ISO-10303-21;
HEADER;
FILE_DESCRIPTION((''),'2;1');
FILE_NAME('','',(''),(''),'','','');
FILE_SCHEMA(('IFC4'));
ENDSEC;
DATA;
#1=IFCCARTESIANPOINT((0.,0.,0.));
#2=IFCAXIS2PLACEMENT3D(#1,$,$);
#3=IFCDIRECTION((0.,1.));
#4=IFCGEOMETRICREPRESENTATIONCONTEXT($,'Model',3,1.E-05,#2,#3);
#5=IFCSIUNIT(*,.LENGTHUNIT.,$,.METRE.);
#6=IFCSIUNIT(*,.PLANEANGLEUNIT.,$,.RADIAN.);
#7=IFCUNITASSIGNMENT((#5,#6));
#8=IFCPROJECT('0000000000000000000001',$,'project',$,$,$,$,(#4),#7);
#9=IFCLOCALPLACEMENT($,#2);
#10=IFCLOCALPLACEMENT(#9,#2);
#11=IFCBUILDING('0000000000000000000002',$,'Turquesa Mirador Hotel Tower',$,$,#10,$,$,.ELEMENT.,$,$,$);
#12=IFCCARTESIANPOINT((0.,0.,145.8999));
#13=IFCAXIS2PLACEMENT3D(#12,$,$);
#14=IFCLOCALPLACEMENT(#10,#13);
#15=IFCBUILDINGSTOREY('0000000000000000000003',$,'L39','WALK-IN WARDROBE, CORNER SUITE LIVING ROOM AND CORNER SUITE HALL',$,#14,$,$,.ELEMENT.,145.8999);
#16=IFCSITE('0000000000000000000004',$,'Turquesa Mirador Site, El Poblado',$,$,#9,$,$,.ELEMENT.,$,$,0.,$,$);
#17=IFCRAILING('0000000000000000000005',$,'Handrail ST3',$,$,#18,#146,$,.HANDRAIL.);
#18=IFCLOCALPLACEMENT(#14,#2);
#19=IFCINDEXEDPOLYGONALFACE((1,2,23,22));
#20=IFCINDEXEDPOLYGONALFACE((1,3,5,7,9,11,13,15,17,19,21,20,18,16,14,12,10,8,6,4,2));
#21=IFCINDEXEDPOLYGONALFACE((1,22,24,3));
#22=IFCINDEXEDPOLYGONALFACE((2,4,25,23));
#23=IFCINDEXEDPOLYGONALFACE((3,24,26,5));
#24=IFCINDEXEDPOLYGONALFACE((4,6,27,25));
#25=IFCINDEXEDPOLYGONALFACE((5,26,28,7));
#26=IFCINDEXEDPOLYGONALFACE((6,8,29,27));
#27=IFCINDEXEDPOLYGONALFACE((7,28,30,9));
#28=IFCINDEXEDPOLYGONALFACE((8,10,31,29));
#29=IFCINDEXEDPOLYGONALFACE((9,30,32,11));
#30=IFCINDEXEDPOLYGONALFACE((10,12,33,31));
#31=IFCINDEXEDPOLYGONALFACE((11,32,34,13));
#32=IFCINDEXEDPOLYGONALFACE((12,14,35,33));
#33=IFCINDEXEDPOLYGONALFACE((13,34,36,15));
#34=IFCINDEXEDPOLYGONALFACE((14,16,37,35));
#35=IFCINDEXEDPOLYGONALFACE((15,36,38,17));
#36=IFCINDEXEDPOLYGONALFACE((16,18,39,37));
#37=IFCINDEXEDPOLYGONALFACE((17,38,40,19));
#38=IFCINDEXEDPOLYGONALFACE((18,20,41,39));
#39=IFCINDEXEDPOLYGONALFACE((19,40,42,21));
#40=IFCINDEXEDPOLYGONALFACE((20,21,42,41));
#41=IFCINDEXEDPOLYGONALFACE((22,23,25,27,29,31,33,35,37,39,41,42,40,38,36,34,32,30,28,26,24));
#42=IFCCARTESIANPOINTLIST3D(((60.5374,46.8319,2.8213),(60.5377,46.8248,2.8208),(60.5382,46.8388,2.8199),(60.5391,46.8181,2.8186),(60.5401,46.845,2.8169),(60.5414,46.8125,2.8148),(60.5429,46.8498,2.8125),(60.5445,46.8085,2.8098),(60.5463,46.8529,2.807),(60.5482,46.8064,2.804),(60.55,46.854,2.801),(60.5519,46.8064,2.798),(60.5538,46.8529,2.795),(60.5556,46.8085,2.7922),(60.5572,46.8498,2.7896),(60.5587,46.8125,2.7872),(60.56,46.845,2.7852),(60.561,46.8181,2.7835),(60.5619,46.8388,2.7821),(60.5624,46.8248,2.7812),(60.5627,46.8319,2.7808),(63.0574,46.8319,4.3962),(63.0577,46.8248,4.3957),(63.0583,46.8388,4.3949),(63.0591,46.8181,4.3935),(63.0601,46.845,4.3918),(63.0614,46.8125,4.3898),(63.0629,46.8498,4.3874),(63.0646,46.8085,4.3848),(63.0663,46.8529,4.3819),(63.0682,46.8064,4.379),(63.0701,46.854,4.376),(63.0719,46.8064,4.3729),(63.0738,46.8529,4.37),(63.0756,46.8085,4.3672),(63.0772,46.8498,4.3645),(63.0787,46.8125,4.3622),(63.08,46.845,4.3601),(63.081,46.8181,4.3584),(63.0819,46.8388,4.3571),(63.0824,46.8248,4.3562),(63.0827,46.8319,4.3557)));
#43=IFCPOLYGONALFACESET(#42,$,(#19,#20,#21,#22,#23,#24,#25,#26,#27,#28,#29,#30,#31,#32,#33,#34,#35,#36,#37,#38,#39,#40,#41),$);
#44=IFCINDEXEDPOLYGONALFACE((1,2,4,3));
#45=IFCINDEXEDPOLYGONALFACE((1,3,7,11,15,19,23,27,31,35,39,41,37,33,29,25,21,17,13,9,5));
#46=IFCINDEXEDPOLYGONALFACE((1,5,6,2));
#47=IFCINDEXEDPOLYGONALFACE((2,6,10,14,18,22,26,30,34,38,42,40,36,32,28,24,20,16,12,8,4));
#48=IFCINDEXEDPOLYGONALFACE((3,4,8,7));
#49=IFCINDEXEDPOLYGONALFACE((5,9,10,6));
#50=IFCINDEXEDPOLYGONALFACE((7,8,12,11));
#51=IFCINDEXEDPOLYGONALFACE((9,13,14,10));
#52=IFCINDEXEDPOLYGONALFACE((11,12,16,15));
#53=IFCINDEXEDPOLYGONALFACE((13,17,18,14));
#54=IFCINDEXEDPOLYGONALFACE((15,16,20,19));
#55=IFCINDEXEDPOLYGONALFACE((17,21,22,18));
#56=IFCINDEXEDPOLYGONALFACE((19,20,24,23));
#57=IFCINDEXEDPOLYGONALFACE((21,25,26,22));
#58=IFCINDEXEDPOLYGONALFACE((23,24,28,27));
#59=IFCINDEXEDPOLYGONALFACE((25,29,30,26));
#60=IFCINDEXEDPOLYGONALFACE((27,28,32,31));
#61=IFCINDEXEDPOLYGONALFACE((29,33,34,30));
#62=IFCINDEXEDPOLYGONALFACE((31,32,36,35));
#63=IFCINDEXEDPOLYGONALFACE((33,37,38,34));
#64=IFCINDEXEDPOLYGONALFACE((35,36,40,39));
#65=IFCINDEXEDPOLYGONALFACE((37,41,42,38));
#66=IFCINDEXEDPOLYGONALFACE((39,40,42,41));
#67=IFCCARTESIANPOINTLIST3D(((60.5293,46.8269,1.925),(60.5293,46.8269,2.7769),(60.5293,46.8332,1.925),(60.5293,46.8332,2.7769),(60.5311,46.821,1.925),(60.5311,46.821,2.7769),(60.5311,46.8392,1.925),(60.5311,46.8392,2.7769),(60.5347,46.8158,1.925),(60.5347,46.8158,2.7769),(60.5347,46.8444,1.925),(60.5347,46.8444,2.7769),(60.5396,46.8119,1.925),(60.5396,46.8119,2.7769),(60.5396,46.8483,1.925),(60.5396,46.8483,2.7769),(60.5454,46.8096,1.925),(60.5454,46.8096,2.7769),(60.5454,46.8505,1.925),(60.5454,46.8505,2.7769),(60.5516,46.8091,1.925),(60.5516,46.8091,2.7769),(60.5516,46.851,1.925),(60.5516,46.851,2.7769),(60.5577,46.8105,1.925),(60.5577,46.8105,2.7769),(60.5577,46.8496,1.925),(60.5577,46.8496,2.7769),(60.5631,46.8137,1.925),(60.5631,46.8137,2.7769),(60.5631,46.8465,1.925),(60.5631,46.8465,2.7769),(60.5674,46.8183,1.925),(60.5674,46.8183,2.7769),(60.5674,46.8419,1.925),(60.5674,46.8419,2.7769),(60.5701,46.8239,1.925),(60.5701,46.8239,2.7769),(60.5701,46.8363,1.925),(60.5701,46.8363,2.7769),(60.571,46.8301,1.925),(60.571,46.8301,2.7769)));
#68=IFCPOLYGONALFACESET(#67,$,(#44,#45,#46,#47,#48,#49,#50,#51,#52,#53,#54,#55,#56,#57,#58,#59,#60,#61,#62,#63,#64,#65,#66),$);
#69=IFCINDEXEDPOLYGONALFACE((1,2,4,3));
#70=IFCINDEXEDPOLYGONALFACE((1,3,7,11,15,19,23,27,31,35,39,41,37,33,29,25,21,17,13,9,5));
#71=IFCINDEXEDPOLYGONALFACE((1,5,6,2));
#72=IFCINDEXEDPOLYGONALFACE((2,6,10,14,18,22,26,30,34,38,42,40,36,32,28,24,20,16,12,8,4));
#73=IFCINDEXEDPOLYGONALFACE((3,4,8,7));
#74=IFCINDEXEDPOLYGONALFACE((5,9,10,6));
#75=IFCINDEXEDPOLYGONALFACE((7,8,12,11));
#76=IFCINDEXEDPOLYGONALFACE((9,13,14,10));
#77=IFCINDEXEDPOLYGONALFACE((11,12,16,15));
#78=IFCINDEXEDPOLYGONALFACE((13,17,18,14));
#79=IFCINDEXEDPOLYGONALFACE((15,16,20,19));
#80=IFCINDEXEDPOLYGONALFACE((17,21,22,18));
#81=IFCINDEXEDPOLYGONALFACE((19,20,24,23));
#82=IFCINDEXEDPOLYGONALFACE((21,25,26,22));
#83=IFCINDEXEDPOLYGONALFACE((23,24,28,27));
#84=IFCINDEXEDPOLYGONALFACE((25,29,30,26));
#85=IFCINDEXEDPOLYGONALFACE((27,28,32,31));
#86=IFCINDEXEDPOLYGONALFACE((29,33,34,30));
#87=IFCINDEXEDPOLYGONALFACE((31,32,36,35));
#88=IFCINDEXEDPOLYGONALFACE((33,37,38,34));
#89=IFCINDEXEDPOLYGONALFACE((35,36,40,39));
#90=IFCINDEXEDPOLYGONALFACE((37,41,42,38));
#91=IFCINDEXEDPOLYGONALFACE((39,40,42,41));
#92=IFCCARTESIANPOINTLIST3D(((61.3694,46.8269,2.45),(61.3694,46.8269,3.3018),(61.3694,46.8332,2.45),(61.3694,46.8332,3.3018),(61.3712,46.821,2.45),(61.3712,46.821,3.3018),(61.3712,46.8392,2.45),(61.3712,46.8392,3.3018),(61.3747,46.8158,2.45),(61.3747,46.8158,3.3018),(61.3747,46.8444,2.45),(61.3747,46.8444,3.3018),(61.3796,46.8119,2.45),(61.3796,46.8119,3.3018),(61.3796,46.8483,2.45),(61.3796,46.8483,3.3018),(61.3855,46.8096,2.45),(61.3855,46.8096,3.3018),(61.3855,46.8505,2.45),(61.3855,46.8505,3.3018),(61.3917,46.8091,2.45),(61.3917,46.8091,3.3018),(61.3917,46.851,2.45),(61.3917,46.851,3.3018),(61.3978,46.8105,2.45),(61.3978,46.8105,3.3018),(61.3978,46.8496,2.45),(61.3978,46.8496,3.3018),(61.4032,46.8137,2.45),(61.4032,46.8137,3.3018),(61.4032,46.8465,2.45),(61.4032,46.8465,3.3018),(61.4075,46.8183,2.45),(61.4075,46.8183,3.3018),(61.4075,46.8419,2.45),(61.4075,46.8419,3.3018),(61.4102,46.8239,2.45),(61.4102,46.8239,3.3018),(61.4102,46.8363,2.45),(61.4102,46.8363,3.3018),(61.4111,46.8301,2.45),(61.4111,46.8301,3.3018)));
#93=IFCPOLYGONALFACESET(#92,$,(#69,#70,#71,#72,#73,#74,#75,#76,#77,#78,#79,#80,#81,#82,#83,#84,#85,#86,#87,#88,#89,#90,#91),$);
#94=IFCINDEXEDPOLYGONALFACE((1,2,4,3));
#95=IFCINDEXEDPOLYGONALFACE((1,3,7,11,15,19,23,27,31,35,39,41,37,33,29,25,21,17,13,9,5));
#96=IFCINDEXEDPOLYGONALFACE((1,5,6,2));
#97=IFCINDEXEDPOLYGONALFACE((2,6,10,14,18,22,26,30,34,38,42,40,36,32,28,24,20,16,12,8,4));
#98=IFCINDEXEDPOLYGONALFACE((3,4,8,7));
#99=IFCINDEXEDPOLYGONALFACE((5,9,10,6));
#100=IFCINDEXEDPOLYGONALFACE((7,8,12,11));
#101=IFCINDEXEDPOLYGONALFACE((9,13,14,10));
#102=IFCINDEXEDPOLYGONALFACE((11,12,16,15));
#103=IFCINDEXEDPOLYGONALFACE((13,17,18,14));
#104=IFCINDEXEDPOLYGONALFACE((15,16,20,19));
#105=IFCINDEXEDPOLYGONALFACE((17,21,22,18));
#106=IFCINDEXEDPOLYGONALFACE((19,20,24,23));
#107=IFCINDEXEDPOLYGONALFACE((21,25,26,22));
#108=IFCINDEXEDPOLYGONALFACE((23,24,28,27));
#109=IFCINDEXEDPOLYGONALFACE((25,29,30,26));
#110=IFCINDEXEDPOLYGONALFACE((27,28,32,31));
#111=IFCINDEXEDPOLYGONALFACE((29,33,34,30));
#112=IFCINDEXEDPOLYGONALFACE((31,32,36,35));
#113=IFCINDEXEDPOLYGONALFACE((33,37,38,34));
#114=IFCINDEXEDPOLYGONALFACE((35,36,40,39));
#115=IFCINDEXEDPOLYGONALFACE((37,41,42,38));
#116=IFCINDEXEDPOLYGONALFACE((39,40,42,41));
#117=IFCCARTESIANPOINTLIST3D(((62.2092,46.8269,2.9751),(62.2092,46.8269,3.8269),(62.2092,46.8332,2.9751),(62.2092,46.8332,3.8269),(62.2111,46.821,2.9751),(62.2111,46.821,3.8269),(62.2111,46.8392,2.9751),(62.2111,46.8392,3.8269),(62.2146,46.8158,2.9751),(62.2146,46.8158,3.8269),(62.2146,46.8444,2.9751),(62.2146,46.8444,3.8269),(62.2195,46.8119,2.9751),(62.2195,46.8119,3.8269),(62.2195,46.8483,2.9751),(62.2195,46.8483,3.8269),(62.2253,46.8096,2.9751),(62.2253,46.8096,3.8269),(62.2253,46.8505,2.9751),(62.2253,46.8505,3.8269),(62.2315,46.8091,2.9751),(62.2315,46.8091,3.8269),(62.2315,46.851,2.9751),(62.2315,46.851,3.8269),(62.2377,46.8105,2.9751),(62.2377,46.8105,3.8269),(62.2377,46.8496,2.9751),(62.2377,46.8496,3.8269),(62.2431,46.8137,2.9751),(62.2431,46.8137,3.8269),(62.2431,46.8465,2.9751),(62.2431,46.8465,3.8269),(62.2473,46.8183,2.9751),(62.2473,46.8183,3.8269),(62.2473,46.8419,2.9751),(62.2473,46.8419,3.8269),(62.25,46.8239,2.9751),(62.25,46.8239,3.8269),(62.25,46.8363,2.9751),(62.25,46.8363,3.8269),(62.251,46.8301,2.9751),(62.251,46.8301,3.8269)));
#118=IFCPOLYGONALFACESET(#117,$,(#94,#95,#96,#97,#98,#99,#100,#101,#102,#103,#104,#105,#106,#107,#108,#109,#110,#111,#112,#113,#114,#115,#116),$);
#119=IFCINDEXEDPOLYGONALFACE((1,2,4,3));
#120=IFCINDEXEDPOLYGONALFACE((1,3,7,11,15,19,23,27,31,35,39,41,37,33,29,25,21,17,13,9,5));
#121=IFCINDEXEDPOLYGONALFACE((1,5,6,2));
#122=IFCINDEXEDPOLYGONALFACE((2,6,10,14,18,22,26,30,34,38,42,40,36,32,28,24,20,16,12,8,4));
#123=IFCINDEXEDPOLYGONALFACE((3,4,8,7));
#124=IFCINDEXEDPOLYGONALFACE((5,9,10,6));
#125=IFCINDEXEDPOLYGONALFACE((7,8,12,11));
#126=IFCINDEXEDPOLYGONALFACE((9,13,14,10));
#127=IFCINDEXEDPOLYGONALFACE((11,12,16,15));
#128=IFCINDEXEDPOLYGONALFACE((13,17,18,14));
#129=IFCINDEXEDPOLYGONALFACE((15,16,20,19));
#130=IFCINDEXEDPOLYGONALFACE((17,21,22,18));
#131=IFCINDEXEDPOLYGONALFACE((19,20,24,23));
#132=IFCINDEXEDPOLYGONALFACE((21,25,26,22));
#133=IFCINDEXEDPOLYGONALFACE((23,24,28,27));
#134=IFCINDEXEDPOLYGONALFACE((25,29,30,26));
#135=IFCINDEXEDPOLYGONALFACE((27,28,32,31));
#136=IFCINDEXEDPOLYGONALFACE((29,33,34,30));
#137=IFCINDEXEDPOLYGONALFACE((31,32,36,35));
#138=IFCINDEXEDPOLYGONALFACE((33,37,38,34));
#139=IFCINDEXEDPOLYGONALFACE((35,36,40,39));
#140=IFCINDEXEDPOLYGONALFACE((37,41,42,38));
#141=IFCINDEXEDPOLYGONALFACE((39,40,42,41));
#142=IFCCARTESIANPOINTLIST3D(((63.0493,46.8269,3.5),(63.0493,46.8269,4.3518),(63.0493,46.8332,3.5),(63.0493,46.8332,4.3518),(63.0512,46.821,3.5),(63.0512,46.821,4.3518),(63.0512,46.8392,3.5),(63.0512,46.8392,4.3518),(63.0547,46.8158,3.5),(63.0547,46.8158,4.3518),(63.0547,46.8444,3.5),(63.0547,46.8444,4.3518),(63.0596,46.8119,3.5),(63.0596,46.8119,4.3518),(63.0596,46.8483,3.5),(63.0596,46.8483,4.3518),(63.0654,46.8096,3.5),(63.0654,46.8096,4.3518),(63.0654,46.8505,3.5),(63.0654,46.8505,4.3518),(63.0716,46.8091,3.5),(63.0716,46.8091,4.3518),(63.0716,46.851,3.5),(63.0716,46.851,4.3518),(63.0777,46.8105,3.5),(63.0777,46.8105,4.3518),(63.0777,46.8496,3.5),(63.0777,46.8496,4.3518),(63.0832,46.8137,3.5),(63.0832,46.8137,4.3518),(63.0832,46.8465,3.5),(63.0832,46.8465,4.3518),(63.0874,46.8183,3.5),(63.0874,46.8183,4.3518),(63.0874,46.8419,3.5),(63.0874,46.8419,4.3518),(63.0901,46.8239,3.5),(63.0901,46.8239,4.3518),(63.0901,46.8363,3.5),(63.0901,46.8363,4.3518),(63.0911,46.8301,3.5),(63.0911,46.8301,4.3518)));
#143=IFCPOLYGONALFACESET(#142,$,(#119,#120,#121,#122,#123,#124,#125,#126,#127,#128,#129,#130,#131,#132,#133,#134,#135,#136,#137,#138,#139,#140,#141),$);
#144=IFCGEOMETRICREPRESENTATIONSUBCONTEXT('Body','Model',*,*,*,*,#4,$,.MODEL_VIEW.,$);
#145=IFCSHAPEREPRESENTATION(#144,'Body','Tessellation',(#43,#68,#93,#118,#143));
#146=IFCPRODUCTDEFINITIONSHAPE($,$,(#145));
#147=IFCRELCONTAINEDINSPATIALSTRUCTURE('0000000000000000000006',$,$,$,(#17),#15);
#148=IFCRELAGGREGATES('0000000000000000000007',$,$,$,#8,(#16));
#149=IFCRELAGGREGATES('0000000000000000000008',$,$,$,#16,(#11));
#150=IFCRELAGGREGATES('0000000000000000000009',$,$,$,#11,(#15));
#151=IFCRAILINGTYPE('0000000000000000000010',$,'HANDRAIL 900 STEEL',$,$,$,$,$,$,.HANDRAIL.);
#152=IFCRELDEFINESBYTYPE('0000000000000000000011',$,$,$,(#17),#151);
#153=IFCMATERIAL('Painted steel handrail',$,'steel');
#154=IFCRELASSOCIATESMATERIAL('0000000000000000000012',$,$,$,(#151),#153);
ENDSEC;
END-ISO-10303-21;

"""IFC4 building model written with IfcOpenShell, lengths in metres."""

from ifc_helpers import new_model, si_unit, direction, frame, origin, origin_2d, place, context, subcontext, project, spatial, circle, extrude, material, type_object, element, save


model = new_model("IFC4")

# Units and contexts
model_context = context("Model", 3, precision=1e-05, world=origin(), true_north=direction((0.0, 1.0)))
body_context = subcontext(model_context, "Body", "Model", "MODEL_VIEW")
ifc_project = project(units=[si_unit("LENGTHUNIT", "METRE"), si_unit("PLANEANGLEUNIT", "RADIAN")], contexts=[model_context])

# Site, building, storey
site_placement = place(None, origin())
site = spatial("IfcSite", under=ifc_project, at=site_placement, Name="Turquesa Mirador Site, El Poblado", CompositionType="ELEMENT", RefElevation=0.0)
building_placement = place(site_placement, origin())
building = spatial("IfcBuilding", under=site, at=building_placement, Name="Turquesa Mirador Hotel Tower", CompositionType="ELEMENT")
storey_placement = place(building_placement, frame((0.0, 0.0, 145.8999)))
storey = spatial("IfcBuildingStorey", under=building, at=storey_placement, Name="L39", Description="WALK-IN WARDROBE, CORNER SUITE LIVING ROOM AND CORNER SUITE HALL", CompositionType="ELEMENT", Elevation=145.8999)

# Railing
ifc_material_1 = material(Name="Painted steel handrail", Category="steel")
railing_type = type_object("IfcRailingType", Name="HANDRAIL 900 STEEL", PredefinedType="HANDRAIL", material=ifc_material_1)
railing_placement = place(storey_placement, frame((60.55, 46.8301, 1.925)))
element("IfcRailing", 1, at=railing_placement, inside=storey, type_object=railing_type, Name="Handrail ST3", PredefinedType="HANDRAIL", context=body_context, shape_type="SweptSolid", body=[
    extrude(circle(Radius=0.0239, at=origin_2d()), frame((0.0, 0.0, 0.876), z_axis=(0.848008, 0.0, 0.529984), x_axis=(0.0, 1.0, 0.0)), (0.0, 0.0, 1.0), 2.9717),
    extrude(circle(Radius=0.021, at=origin_2d()), origin(), (0.0, 0.0, 1.0), 0.8518),
    extrude(circle(Radius=0.021, at=origin_2d()), frame((0.8401, 0.0, 0.5249)), (0.0, 0.0, 1.0), 0.8518),
    extrude(circle(Radius=0.021, at=origin_2d()), frame((1.6799, 0.0, 1.05)), (0.0, 0.0, 1.0), 0.8518),
    extrude(circle(Radius=0.021, at=origin_2d()), frame((2.52, 0.0, 1.575)), (0.0, 0.0, 1.0), 0.8518),
])

save(model, "model.ifc")
